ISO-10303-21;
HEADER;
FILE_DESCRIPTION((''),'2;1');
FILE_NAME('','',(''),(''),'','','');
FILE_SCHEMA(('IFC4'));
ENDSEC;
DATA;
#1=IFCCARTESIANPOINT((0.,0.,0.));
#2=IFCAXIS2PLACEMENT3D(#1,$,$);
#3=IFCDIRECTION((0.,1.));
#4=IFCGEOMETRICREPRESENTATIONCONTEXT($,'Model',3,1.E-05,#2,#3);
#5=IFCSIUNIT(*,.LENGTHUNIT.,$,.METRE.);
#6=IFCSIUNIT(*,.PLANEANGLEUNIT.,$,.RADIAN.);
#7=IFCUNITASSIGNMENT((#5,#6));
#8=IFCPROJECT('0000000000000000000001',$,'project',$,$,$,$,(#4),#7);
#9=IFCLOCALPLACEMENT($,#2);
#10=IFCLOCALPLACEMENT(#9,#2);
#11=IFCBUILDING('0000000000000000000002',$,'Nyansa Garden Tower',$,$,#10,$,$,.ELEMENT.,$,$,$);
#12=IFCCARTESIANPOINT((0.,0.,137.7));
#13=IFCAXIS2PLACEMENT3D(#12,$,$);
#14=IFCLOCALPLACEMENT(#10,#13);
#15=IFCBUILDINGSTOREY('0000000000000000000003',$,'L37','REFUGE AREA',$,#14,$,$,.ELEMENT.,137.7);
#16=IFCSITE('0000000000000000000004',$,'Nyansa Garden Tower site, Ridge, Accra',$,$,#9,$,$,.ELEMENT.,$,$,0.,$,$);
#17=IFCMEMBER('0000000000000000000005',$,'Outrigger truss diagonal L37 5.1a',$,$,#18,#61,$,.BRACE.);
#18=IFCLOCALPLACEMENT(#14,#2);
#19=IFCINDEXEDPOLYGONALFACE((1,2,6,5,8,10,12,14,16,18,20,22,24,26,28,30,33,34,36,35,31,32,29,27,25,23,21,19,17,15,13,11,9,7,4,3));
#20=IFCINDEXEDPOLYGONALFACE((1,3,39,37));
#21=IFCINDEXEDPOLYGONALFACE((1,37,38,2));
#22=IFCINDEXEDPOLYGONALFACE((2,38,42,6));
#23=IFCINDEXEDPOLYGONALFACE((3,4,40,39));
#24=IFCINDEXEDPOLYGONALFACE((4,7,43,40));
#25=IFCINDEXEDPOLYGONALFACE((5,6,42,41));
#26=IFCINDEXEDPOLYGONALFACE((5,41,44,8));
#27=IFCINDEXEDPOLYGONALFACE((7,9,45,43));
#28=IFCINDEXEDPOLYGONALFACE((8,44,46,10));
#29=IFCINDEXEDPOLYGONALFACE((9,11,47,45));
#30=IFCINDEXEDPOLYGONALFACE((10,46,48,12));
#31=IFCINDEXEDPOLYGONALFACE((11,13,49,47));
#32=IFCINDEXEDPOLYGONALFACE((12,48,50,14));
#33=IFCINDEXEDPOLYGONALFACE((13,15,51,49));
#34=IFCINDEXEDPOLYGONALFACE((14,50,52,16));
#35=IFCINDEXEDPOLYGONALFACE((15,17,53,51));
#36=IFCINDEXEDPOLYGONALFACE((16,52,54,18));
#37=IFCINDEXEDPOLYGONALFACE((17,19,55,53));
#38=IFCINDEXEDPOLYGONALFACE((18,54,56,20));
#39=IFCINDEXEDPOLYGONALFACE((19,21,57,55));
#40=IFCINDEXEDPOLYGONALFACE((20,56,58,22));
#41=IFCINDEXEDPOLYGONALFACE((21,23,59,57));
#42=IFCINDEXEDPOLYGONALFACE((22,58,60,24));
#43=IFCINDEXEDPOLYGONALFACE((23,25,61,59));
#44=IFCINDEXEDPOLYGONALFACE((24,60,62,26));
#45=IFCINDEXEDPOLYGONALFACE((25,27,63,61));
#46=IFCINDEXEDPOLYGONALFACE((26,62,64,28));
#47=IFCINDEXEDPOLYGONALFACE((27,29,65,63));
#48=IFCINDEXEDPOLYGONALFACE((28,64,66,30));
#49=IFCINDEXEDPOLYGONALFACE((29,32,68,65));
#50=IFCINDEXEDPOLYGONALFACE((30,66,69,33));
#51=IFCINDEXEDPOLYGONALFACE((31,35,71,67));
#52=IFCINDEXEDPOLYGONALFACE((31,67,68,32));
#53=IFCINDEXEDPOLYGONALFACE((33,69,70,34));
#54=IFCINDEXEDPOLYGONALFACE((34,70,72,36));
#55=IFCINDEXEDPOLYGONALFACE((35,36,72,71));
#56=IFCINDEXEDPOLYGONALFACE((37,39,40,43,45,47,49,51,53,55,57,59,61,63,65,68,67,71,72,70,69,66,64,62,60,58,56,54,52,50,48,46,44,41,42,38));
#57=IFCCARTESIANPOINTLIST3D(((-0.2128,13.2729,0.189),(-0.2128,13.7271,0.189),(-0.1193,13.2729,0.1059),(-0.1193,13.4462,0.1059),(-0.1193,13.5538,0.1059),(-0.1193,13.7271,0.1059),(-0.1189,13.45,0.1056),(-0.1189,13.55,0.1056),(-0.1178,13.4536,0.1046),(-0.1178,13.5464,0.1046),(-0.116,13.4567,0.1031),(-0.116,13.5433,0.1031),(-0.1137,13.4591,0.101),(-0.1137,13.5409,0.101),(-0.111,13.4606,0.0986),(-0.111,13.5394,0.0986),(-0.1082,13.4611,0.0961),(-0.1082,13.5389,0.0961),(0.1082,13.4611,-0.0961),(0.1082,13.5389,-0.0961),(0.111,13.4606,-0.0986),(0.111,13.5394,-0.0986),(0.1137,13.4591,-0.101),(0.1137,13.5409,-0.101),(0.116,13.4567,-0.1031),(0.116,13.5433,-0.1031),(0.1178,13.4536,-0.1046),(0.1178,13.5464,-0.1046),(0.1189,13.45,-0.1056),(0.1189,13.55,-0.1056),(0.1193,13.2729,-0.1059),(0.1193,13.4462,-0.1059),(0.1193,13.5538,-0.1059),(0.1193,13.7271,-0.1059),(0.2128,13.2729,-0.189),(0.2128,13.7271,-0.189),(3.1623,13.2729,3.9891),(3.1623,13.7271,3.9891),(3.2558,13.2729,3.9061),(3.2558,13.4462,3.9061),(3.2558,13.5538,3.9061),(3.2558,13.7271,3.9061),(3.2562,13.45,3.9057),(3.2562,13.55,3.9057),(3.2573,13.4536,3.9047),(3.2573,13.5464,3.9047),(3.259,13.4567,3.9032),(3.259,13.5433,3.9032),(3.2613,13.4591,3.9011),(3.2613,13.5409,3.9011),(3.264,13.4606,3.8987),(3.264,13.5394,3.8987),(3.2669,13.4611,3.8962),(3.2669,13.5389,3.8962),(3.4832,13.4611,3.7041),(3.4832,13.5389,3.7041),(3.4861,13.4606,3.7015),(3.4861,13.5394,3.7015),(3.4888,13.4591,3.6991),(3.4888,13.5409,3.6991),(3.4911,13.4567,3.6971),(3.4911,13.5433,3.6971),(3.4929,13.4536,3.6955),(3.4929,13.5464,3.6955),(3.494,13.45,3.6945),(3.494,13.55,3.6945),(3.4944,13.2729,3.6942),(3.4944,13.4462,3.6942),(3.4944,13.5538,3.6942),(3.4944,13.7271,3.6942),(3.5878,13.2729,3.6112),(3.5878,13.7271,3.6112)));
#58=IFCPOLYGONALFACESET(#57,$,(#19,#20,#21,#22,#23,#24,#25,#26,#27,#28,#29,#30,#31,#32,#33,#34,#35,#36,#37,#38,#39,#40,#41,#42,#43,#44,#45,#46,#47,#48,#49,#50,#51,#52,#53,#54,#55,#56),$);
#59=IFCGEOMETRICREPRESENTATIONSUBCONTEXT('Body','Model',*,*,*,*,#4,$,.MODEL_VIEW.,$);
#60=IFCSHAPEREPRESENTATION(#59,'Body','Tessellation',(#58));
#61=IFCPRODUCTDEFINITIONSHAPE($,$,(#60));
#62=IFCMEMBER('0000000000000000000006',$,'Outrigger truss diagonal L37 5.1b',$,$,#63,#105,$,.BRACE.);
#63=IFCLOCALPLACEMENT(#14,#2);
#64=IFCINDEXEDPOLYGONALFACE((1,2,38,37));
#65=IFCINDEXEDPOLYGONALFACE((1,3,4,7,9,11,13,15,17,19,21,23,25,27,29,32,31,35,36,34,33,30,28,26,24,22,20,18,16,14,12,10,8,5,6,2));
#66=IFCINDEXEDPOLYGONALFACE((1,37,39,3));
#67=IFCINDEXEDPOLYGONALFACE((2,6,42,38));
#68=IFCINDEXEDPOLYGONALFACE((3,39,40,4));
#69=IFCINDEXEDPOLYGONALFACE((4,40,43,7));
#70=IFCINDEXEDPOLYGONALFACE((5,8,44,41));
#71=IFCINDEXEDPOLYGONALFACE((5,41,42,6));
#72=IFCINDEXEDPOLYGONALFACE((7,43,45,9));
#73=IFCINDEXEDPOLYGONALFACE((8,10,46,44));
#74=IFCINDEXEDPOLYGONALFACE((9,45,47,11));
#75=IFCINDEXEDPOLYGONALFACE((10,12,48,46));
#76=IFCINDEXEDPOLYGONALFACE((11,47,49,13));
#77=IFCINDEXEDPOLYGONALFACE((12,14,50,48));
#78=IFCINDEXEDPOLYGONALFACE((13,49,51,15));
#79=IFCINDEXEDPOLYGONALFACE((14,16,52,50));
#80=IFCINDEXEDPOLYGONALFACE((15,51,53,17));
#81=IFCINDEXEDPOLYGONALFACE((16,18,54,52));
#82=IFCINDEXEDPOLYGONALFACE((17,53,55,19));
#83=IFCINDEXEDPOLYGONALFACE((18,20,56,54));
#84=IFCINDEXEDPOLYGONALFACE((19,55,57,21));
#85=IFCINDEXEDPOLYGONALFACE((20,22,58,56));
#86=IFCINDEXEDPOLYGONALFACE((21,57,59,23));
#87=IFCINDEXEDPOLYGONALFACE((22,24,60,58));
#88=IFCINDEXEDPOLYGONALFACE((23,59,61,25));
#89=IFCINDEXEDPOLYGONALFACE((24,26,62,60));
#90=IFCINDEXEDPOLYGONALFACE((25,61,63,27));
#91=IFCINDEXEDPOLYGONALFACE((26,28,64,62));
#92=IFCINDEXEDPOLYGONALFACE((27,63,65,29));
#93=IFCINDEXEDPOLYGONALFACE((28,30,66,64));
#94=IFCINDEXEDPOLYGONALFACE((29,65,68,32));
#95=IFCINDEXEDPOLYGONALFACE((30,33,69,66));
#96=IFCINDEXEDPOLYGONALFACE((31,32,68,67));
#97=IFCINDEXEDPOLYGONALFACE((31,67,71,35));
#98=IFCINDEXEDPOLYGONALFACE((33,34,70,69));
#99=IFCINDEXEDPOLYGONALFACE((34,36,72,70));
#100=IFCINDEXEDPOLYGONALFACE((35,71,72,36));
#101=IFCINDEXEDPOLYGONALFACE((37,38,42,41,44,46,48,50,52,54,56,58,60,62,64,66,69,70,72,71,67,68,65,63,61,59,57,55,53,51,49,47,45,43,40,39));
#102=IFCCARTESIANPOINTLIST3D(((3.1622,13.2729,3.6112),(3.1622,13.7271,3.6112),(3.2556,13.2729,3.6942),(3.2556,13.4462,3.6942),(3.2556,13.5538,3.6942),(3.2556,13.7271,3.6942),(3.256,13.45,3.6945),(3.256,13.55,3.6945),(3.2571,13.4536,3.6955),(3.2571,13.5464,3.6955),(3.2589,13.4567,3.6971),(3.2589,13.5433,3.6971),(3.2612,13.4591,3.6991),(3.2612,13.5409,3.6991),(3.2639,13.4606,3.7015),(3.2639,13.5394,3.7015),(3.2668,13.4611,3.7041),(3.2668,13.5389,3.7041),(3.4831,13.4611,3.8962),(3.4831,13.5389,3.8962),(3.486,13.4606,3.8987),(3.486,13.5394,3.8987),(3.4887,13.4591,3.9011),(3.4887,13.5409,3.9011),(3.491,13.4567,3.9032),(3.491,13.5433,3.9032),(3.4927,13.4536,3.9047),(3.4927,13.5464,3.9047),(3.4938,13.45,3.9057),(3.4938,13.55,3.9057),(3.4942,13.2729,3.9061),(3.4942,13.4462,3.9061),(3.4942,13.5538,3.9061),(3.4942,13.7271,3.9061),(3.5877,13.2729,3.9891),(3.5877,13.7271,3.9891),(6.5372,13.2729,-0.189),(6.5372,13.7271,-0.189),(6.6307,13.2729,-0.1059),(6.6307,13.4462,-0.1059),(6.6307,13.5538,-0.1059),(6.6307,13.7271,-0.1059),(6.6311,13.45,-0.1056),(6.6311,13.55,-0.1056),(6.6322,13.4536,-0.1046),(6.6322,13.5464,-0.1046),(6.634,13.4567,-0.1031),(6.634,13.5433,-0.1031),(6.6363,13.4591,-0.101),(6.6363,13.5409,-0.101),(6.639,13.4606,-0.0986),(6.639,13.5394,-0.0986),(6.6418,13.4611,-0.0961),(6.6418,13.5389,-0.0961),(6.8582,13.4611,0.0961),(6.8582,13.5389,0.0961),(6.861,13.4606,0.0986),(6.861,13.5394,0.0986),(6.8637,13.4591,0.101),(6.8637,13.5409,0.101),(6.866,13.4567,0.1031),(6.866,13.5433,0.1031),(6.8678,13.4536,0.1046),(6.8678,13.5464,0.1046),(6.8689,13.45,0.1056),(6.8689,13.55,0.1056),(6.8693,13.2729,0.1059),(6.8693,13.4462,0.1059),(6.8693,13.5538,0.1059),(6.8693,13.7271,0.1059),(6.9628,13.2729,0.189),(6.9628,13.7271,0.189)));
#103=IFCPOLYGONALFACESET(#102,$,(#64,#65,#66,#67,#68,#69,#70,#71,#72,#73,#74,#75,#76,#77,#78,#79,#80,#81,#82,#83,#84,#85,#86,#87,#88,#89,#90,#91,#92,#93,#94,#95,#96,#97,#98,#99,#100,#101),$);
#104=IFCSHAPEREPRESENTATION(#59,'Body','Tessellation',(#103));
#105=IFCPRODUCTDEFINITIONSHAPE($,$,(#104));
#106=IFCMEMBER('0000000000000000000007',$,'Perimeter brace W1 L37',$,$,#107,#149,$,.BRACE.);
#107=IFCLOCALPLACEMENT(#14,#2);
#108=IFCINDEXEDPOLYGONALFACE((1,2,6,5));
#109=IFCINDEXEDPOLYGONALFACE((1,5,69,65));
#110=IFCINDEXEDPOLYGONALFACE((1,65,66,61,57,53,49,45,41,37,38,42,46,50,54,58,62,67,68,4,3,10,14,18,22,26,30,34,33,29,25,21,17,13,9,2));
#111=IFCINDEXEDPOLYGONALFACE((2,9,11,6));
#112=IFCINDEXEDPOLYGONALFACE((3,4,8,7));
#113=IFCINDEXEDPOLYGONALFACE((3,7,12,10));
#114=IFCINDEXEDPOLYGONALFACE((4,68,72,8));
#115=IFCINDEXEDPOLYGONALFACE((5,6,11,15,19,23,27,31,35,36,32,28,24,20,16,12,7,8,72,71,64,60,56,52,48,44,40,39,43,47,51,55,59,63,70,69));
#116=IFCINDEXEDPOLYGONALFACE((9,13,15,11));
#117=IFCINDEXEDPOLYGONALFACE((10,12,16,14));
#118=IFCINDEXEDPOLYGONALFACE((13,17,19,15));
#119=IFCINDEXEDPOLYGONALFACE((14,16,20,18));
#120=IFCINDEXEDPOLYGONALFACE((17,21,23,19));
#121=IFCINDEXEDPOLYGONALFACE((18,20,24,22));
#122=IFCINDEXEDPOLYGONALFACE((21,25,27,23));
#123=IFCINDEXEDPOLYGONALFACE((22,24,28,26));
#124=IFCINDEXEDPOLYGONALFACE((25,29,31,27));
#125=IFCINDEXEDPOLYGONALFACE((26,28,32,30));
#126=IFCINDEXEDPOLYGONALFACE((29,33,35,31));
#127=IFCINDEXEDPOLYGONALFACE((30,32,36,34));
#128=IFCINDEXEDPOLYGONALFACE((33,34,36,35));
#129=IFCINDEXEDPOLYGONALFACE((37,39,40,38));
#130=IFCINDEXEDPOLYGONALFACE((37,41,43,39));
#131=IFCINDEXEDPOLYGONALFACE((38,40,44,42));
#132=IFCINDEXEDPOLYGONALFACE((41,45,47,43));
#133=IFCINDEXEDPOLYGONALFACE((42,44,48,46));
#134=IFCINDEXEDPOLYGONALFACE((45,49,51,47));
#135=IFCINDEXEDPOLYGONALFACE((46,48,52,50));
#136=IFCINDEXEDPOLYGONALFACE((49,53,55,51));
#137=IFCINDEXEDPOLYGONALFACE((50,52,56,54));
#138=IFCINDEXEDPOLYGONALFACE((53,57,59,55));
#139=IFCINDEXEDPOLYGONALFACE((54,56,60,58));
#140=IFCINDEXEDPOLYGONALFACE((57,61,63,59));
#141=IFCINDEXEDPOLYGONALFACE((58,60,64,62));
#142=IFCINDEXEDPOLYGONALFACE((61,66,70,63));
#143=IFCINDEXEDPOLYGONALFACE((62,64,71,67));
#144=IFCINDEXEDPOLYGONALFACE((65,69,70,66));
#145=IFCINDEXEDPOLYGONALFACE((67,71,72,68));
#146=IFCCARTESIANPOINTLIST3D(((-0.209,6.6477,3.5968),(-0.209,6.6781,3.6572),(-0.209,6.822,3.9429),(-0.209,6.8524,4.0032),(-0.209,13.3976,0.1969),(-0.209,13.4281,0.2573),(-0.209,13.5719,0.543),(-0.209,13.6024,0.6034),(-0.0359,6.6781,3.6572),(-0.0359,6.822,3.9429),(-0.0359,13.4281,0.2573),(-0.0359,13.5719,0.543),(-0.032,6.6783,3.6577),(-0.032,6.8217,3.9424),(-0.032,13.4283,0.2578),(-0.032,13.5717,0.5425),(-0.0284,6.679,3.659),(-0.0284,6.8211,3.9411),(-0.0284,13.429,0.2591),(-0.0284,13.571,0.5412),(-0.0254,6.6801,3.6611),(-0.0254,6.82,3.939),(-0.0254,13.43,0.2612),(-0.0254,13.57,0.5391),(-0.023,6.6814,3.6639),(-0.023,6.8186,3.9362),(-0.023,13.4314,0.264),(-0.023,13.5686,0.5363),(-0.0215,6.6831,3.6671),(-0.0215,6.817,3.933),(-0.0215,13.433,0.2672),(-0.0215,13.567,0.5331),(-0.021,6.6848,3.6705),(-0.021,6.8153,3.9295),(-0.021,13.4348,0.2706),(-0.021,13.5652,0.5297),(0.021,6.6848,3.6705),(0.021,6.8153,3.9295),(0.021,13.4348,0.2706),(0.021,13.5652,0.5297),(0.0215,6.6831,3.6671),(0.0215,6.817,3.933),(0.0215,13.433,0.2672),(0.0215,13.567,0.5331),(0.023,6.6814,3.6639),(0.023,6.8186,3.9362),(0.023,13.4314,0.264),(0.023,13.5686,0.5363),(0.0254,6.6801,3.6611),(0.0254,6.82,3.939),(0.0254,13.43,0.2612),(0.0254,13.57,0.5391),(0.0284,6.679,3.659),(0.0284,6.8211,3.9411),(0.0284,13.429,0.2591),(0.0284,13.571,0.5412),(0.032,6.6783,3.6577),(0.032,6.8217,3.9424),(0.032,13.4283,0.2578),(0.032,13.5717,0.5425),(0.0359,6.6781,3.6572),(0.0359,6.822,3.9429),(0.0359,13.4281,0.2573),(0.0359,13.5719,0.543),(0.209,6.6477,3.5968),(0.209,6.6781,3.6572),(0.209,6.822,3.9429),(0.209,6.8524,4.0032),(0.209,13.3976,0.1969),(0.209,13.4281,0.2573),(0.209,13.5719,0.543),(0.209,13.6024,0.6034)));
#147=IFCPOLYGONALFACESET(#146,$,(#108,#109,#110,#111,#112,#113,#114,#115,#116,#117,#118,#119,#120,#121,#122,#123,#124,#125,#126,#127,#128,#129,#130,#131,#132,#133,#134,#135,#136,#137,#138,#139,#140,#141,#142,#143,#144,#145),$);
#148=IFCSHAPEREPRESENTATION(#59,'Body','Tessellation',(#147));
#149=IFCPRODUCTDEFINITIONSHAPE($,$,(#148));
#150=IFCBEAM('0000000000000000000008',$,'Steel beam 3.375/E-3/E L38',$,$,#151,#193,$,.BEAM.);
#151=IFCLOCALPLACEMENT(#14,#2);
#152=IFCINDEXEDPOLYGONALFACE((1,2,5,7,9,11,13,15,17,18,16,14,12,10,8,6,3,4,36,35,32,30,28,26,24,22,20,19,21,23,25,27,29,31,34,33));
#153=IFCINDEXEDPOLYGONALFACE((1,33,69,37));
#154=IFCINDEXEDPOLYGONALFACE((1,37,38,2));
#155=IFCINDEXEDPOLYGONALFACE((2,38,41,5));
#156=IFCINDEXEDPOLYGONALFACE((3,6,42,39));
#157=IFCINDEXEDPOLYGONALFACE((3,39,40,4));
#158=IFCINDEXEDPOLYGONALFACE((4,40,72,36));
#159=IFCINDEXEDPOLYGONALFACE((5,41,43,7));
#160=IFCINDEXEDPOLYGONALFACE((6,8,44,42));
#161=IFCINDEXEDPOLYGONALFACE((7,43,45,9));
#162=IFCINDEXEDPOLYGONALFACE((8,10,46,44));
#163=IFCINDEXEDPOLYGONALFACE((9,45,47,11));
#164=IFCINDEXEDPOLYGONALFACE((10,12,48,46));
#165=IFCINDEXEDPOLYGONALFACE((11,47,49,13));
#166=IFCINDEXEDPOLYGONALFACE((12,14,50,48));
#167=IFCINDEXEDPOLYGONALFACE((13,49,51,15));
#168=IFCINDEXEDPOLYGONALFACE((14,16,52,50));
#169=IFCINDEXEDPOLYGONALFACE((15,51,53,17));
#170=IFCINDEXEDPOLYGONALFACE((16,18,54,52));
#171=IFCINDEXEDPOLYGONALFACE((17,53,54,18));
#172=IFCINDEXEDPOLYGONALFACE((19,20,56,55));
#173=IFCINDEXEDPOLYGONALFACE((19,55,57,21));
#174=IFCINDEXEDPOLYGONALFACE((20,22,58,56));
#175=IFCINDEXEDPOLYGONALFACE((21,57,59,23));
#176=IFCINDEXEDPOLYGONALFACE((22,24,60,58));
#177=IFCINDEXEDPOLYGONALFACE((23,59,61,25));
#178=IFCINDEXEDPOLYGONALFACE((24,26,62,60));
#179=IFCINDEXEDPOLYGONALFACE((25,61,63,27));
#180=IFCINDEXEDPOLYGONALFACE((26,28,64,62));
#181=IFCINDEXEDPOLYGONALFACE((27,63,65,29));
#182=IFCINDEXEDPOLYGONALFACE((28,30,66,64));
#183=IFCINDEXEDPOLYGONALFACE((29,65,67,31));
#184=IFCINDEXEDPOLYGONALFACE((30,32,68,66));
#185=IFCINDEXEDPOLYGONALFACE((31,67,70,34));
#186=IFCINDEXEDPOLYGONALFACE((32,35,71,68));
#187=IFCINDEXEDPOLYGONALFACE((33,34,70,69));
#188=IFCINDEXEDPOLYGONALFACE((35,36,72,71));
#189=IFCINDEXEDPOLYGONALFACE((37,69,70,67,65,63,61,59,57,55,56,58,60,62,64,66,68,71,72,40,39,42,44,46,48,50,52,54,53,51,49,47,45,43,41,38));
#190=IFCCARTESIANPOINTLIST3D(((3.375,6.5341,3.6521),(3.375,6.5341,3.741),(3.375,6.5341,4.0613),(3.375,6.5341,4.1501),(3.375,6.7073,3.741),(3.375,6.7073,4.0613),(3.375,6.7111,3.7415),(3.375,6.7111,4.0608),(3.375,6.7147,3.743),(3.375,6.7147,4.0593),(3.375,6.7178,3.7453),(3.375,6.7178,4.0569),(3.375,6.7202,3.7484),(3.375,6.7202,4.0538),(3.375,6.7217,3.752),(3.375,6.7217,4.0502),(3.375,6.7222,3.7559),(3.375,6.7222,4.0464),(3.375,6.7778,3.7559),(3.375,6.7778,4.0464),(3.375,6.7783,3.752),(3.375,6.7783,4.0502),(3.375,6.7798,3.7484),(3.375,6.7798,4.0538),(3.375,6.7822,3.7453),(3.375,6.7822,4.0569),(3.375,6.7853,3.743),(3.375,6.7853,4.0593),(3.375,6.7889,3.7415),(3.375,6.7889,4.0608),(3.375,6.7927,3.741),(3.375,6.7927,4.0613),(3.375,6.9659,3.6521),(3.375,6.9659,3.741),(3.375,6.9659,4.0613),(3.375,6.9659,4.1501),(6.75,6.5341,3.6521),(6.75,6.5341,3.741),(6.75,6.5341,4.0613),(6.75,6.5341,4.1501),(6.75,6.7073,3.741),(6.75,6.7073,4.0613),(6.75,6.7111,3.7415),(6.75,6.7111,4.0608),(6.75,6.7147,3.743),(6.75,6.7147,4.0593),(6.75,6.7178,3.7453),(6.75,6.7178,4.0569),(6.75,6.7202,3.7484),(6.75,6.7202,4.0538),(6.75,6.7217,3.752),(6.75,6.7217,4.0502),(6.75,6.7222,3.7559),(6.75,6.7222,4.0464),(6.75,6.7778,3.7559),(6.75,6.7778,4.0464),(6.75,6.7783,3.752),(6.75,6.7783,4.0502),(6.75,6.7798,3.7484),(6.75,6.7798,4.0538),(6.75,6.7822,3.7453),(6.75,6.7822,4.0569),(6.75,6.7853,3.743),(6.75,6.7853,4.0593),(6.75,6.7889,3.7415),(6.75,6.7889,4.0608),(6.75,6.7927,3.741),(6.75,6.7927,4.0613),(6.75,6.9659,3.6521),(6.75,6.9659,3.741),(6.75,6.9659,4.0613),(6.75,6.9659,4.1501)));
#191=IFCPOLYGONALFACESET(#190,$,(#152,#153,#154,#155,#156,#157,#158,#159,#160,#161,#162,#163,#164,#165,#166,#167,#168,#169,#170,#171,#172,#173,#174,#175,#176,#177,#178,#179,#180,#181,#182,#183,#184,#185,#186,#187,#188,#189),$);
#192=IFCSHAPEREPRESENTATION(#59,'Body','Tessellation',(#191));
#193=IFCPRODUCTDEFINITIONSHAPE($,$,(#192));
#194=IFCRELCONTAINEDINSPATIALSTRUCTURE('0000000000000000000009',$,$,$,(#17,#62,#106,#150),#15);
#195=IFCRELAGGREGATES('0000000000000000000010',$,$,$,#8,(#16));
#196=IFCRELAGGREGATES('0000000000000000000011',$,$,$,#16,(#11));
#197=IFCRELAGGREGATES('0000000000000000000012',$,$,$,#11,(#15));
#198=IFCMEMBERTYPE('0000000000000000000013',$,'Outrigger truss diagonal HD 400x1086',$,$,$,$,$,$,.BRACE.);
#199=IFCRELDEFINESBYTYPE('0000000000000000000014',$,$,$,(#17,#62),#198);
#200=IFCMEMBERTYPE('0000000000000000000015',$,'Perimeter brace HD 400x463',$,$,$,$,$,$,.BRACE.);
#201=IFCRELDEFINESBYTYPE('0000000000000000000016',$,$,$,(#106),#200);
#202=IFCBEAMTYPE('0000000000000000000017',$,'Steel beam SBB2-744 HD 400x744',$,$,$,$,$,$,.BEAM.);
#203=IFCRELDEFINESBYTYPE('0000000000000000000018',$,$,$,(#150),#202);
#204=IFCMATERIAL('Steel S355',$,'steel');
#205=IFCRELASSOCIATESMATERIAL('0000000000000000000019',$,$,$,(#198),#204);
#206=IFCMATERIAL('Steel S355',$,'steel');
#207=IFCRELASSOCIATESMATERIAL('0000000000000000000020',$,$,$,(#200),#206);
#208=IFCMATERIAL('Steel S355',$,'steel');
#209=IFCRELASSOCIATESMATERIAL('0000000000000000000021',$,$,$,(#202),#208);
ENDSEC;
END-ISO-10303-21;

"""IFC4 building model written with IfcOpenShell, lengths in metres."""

from ifc_helpers import new_model, si_unit, direction, frame, origin, origin_2d, place, context, subcontext, project, spatial, i_section, extrude, material, material_profile, profile_set, type_object, element, save


model = new_model("IFC4")

# Units and contexts
model_context = context("Model", 3, precision=1e-05, world=origin(), true_north=direction((0.0, 1.0)))
body_context = subcontext(model_context, "Body", "Model", "MODEL_VIEW")
ifc_project = project(units=[si_unit("LENGTHUNIT", "METRE"), si_unit("PLANEANGLEUNIT", "RADIAN")], contexts=[model_context])

# Site, building, storey
site_placement = place(None, origin())
site = spatial("IfcSite", under=ifc_project, at=site_placement, Name="Nyansa Garden Tower site, Ridge, Accra", CompositionType="ELEMENT", RefElevation=0.0)
building_placement = place(site_placement, origin())
building = spatial("IfcBuilding", under=site, at=building_placement, Name="Nyansa Garden Tower", CompositionType="ELEMENT")
storey_placement = place(building_placement, frame((0.0, 0.0, 137.7)))
storey = spatial("IfcBuildingStorey", under=building, at=storey_placement, Name="L37", Description="REFUGE AREA", CompositionType="ELEMENT", Elevation=137.7)

# Members
ifc_material_1 = material(Name="Steel S355", Category="steel")
ifc_material_profile_1 = material_profile(ifc_material_1, i_section(OverallWidth=0.4541, OverallDepth=0.5691, WebThickness=0.0779, FlangeThickness=0.125, FilletRadius=0.0149, at=origin_2d()), Name="HD 400x1086")
ifc_profile_set_1 = profile_set([ifc_material_profile_1], Name="Steel S355")
member_type_1 = type_object("IfcMemberType", Name="Outrigger truss diagonal HD 400x1086", PredefinedType="BRACE", material=ifc_profile_set_1)
for number, where, z_axis, x_axis, name in (
    (1, (0.0, 13.5, 0.0), (0.664054, 0.0, 0.747685), (0.0, 1.0, 0.0), "Outrigger truss diagonal L37 5.1a"),
    (2, (6.75, 13.5, 0.0), (-0.664054, 0.0, 0.747685), (0.0, -1.0, 0.0), "Outrigger truss diagonal L37 5.1b"),
):
    element("IfcMember", number, at=place(storey_placement, frame(where, z_axis=z_axis, x_axis=x_axis)), inside=storey, type_object=member_type_1, Name=name, PredefinedType="BRACE", context=body_context, shape_type="SweptSolid", body=[
        extrude(i_section(OverallWidth=0.4541, OverallDepth=0.5691, WebThickness=0.0779, FlangeThickness=0.125, FilletRadius=0.0149, at=origin_2d()), origin(), (0.0, 0.0, 1.0), 5.0825),
    ])
ifc_material_2 = material(Name="Steel S355", Category="steel")
ifc_material_profile_2 = material_profile(ifc_material_2, i_section(OverallWidth=0.418, OverallDepth=0.4551, WebThickness=0.042, FlangeThickness=0.0676, FilletRadius=0.0149, at=origin_2d()), Name="HD 400x463")
ifc_profile_set_2 = profile_set([ifc_material_profile_2], Name="Steel S355")
member_type_2 = type_object("IfcMemberType", Name="Perimeter brace HD 400x463", PredefinedType="BRACE", material=ifc_profile_set_2)
member_1_placement = place(storey_placement, frame((0.0, 13.5, 0.4001), z_axis=(0.0, -0.893105, 0.449848), x_axis=(1.0, 0.0, 0.0)))
element("IfcMember", 3, at=member_1_placement, inside=storey, type_object=member_type_2, Name="Perimeter brace W1 L37", PredefinedType="BRACE", context=body_context, shape_type="SweptSolid", body=[
    extrude(i_section(OverallWidth=0.418, OverallDepth=0.4551, WebThickness=0.042, FlangeThickness=0.0676, FilletRadius=0.0149, at=origin_2d()), origin(), (0.0, 0.0, 1.0), 7.5579),
])

# Beam
ifc_material_3 = material(Name="Steel S355", Category="steel")
ifc_material_profile_3 = material_profile(ifc_material_3, i_section(OverallWidth=0.4319, OverallDepth=0.498, WebThickness=0.0557, FlangeThickness=0.0889, FilletRadius=0.0149, at=origin_2d()), Name="HD 400x744")
ifc_profile_set_3 = profile_set([ifc_material_profile_3], Name="Steel S355")
beam_type_1 = type_object("IfcBeamType", Name="Steel beam SBB2-744 HD 400x744", PredefinedType="BEAM", material=ifc_profile_set_3)
beam_1_placement = place(storey_placement, frame((3.375, 6.75, 3.9011), z_axis=(1.0, 0.0, 0.0), x_axis=(0.0, 1.0, 0.0)))
element("IfcBeam", 4, at=beam_1_placement, inside=storey, type_object=beam_type_1, Name="Steel beam 3.375/E-3/E L38", PredefinedType="BEAM", context=body_context, shape_type="SweptSolid", body=[
    extrude(i_section(OverallWidth=0.4319, OverallDepth=0.498, WebThickness=0.0557, FlangeThickness=0.0889, FilletRadius=0.0149, at=origin_2d()), origin(), (0.0, 0.0, 1.0), 3.375),
])

save(model, "model.ifc")
